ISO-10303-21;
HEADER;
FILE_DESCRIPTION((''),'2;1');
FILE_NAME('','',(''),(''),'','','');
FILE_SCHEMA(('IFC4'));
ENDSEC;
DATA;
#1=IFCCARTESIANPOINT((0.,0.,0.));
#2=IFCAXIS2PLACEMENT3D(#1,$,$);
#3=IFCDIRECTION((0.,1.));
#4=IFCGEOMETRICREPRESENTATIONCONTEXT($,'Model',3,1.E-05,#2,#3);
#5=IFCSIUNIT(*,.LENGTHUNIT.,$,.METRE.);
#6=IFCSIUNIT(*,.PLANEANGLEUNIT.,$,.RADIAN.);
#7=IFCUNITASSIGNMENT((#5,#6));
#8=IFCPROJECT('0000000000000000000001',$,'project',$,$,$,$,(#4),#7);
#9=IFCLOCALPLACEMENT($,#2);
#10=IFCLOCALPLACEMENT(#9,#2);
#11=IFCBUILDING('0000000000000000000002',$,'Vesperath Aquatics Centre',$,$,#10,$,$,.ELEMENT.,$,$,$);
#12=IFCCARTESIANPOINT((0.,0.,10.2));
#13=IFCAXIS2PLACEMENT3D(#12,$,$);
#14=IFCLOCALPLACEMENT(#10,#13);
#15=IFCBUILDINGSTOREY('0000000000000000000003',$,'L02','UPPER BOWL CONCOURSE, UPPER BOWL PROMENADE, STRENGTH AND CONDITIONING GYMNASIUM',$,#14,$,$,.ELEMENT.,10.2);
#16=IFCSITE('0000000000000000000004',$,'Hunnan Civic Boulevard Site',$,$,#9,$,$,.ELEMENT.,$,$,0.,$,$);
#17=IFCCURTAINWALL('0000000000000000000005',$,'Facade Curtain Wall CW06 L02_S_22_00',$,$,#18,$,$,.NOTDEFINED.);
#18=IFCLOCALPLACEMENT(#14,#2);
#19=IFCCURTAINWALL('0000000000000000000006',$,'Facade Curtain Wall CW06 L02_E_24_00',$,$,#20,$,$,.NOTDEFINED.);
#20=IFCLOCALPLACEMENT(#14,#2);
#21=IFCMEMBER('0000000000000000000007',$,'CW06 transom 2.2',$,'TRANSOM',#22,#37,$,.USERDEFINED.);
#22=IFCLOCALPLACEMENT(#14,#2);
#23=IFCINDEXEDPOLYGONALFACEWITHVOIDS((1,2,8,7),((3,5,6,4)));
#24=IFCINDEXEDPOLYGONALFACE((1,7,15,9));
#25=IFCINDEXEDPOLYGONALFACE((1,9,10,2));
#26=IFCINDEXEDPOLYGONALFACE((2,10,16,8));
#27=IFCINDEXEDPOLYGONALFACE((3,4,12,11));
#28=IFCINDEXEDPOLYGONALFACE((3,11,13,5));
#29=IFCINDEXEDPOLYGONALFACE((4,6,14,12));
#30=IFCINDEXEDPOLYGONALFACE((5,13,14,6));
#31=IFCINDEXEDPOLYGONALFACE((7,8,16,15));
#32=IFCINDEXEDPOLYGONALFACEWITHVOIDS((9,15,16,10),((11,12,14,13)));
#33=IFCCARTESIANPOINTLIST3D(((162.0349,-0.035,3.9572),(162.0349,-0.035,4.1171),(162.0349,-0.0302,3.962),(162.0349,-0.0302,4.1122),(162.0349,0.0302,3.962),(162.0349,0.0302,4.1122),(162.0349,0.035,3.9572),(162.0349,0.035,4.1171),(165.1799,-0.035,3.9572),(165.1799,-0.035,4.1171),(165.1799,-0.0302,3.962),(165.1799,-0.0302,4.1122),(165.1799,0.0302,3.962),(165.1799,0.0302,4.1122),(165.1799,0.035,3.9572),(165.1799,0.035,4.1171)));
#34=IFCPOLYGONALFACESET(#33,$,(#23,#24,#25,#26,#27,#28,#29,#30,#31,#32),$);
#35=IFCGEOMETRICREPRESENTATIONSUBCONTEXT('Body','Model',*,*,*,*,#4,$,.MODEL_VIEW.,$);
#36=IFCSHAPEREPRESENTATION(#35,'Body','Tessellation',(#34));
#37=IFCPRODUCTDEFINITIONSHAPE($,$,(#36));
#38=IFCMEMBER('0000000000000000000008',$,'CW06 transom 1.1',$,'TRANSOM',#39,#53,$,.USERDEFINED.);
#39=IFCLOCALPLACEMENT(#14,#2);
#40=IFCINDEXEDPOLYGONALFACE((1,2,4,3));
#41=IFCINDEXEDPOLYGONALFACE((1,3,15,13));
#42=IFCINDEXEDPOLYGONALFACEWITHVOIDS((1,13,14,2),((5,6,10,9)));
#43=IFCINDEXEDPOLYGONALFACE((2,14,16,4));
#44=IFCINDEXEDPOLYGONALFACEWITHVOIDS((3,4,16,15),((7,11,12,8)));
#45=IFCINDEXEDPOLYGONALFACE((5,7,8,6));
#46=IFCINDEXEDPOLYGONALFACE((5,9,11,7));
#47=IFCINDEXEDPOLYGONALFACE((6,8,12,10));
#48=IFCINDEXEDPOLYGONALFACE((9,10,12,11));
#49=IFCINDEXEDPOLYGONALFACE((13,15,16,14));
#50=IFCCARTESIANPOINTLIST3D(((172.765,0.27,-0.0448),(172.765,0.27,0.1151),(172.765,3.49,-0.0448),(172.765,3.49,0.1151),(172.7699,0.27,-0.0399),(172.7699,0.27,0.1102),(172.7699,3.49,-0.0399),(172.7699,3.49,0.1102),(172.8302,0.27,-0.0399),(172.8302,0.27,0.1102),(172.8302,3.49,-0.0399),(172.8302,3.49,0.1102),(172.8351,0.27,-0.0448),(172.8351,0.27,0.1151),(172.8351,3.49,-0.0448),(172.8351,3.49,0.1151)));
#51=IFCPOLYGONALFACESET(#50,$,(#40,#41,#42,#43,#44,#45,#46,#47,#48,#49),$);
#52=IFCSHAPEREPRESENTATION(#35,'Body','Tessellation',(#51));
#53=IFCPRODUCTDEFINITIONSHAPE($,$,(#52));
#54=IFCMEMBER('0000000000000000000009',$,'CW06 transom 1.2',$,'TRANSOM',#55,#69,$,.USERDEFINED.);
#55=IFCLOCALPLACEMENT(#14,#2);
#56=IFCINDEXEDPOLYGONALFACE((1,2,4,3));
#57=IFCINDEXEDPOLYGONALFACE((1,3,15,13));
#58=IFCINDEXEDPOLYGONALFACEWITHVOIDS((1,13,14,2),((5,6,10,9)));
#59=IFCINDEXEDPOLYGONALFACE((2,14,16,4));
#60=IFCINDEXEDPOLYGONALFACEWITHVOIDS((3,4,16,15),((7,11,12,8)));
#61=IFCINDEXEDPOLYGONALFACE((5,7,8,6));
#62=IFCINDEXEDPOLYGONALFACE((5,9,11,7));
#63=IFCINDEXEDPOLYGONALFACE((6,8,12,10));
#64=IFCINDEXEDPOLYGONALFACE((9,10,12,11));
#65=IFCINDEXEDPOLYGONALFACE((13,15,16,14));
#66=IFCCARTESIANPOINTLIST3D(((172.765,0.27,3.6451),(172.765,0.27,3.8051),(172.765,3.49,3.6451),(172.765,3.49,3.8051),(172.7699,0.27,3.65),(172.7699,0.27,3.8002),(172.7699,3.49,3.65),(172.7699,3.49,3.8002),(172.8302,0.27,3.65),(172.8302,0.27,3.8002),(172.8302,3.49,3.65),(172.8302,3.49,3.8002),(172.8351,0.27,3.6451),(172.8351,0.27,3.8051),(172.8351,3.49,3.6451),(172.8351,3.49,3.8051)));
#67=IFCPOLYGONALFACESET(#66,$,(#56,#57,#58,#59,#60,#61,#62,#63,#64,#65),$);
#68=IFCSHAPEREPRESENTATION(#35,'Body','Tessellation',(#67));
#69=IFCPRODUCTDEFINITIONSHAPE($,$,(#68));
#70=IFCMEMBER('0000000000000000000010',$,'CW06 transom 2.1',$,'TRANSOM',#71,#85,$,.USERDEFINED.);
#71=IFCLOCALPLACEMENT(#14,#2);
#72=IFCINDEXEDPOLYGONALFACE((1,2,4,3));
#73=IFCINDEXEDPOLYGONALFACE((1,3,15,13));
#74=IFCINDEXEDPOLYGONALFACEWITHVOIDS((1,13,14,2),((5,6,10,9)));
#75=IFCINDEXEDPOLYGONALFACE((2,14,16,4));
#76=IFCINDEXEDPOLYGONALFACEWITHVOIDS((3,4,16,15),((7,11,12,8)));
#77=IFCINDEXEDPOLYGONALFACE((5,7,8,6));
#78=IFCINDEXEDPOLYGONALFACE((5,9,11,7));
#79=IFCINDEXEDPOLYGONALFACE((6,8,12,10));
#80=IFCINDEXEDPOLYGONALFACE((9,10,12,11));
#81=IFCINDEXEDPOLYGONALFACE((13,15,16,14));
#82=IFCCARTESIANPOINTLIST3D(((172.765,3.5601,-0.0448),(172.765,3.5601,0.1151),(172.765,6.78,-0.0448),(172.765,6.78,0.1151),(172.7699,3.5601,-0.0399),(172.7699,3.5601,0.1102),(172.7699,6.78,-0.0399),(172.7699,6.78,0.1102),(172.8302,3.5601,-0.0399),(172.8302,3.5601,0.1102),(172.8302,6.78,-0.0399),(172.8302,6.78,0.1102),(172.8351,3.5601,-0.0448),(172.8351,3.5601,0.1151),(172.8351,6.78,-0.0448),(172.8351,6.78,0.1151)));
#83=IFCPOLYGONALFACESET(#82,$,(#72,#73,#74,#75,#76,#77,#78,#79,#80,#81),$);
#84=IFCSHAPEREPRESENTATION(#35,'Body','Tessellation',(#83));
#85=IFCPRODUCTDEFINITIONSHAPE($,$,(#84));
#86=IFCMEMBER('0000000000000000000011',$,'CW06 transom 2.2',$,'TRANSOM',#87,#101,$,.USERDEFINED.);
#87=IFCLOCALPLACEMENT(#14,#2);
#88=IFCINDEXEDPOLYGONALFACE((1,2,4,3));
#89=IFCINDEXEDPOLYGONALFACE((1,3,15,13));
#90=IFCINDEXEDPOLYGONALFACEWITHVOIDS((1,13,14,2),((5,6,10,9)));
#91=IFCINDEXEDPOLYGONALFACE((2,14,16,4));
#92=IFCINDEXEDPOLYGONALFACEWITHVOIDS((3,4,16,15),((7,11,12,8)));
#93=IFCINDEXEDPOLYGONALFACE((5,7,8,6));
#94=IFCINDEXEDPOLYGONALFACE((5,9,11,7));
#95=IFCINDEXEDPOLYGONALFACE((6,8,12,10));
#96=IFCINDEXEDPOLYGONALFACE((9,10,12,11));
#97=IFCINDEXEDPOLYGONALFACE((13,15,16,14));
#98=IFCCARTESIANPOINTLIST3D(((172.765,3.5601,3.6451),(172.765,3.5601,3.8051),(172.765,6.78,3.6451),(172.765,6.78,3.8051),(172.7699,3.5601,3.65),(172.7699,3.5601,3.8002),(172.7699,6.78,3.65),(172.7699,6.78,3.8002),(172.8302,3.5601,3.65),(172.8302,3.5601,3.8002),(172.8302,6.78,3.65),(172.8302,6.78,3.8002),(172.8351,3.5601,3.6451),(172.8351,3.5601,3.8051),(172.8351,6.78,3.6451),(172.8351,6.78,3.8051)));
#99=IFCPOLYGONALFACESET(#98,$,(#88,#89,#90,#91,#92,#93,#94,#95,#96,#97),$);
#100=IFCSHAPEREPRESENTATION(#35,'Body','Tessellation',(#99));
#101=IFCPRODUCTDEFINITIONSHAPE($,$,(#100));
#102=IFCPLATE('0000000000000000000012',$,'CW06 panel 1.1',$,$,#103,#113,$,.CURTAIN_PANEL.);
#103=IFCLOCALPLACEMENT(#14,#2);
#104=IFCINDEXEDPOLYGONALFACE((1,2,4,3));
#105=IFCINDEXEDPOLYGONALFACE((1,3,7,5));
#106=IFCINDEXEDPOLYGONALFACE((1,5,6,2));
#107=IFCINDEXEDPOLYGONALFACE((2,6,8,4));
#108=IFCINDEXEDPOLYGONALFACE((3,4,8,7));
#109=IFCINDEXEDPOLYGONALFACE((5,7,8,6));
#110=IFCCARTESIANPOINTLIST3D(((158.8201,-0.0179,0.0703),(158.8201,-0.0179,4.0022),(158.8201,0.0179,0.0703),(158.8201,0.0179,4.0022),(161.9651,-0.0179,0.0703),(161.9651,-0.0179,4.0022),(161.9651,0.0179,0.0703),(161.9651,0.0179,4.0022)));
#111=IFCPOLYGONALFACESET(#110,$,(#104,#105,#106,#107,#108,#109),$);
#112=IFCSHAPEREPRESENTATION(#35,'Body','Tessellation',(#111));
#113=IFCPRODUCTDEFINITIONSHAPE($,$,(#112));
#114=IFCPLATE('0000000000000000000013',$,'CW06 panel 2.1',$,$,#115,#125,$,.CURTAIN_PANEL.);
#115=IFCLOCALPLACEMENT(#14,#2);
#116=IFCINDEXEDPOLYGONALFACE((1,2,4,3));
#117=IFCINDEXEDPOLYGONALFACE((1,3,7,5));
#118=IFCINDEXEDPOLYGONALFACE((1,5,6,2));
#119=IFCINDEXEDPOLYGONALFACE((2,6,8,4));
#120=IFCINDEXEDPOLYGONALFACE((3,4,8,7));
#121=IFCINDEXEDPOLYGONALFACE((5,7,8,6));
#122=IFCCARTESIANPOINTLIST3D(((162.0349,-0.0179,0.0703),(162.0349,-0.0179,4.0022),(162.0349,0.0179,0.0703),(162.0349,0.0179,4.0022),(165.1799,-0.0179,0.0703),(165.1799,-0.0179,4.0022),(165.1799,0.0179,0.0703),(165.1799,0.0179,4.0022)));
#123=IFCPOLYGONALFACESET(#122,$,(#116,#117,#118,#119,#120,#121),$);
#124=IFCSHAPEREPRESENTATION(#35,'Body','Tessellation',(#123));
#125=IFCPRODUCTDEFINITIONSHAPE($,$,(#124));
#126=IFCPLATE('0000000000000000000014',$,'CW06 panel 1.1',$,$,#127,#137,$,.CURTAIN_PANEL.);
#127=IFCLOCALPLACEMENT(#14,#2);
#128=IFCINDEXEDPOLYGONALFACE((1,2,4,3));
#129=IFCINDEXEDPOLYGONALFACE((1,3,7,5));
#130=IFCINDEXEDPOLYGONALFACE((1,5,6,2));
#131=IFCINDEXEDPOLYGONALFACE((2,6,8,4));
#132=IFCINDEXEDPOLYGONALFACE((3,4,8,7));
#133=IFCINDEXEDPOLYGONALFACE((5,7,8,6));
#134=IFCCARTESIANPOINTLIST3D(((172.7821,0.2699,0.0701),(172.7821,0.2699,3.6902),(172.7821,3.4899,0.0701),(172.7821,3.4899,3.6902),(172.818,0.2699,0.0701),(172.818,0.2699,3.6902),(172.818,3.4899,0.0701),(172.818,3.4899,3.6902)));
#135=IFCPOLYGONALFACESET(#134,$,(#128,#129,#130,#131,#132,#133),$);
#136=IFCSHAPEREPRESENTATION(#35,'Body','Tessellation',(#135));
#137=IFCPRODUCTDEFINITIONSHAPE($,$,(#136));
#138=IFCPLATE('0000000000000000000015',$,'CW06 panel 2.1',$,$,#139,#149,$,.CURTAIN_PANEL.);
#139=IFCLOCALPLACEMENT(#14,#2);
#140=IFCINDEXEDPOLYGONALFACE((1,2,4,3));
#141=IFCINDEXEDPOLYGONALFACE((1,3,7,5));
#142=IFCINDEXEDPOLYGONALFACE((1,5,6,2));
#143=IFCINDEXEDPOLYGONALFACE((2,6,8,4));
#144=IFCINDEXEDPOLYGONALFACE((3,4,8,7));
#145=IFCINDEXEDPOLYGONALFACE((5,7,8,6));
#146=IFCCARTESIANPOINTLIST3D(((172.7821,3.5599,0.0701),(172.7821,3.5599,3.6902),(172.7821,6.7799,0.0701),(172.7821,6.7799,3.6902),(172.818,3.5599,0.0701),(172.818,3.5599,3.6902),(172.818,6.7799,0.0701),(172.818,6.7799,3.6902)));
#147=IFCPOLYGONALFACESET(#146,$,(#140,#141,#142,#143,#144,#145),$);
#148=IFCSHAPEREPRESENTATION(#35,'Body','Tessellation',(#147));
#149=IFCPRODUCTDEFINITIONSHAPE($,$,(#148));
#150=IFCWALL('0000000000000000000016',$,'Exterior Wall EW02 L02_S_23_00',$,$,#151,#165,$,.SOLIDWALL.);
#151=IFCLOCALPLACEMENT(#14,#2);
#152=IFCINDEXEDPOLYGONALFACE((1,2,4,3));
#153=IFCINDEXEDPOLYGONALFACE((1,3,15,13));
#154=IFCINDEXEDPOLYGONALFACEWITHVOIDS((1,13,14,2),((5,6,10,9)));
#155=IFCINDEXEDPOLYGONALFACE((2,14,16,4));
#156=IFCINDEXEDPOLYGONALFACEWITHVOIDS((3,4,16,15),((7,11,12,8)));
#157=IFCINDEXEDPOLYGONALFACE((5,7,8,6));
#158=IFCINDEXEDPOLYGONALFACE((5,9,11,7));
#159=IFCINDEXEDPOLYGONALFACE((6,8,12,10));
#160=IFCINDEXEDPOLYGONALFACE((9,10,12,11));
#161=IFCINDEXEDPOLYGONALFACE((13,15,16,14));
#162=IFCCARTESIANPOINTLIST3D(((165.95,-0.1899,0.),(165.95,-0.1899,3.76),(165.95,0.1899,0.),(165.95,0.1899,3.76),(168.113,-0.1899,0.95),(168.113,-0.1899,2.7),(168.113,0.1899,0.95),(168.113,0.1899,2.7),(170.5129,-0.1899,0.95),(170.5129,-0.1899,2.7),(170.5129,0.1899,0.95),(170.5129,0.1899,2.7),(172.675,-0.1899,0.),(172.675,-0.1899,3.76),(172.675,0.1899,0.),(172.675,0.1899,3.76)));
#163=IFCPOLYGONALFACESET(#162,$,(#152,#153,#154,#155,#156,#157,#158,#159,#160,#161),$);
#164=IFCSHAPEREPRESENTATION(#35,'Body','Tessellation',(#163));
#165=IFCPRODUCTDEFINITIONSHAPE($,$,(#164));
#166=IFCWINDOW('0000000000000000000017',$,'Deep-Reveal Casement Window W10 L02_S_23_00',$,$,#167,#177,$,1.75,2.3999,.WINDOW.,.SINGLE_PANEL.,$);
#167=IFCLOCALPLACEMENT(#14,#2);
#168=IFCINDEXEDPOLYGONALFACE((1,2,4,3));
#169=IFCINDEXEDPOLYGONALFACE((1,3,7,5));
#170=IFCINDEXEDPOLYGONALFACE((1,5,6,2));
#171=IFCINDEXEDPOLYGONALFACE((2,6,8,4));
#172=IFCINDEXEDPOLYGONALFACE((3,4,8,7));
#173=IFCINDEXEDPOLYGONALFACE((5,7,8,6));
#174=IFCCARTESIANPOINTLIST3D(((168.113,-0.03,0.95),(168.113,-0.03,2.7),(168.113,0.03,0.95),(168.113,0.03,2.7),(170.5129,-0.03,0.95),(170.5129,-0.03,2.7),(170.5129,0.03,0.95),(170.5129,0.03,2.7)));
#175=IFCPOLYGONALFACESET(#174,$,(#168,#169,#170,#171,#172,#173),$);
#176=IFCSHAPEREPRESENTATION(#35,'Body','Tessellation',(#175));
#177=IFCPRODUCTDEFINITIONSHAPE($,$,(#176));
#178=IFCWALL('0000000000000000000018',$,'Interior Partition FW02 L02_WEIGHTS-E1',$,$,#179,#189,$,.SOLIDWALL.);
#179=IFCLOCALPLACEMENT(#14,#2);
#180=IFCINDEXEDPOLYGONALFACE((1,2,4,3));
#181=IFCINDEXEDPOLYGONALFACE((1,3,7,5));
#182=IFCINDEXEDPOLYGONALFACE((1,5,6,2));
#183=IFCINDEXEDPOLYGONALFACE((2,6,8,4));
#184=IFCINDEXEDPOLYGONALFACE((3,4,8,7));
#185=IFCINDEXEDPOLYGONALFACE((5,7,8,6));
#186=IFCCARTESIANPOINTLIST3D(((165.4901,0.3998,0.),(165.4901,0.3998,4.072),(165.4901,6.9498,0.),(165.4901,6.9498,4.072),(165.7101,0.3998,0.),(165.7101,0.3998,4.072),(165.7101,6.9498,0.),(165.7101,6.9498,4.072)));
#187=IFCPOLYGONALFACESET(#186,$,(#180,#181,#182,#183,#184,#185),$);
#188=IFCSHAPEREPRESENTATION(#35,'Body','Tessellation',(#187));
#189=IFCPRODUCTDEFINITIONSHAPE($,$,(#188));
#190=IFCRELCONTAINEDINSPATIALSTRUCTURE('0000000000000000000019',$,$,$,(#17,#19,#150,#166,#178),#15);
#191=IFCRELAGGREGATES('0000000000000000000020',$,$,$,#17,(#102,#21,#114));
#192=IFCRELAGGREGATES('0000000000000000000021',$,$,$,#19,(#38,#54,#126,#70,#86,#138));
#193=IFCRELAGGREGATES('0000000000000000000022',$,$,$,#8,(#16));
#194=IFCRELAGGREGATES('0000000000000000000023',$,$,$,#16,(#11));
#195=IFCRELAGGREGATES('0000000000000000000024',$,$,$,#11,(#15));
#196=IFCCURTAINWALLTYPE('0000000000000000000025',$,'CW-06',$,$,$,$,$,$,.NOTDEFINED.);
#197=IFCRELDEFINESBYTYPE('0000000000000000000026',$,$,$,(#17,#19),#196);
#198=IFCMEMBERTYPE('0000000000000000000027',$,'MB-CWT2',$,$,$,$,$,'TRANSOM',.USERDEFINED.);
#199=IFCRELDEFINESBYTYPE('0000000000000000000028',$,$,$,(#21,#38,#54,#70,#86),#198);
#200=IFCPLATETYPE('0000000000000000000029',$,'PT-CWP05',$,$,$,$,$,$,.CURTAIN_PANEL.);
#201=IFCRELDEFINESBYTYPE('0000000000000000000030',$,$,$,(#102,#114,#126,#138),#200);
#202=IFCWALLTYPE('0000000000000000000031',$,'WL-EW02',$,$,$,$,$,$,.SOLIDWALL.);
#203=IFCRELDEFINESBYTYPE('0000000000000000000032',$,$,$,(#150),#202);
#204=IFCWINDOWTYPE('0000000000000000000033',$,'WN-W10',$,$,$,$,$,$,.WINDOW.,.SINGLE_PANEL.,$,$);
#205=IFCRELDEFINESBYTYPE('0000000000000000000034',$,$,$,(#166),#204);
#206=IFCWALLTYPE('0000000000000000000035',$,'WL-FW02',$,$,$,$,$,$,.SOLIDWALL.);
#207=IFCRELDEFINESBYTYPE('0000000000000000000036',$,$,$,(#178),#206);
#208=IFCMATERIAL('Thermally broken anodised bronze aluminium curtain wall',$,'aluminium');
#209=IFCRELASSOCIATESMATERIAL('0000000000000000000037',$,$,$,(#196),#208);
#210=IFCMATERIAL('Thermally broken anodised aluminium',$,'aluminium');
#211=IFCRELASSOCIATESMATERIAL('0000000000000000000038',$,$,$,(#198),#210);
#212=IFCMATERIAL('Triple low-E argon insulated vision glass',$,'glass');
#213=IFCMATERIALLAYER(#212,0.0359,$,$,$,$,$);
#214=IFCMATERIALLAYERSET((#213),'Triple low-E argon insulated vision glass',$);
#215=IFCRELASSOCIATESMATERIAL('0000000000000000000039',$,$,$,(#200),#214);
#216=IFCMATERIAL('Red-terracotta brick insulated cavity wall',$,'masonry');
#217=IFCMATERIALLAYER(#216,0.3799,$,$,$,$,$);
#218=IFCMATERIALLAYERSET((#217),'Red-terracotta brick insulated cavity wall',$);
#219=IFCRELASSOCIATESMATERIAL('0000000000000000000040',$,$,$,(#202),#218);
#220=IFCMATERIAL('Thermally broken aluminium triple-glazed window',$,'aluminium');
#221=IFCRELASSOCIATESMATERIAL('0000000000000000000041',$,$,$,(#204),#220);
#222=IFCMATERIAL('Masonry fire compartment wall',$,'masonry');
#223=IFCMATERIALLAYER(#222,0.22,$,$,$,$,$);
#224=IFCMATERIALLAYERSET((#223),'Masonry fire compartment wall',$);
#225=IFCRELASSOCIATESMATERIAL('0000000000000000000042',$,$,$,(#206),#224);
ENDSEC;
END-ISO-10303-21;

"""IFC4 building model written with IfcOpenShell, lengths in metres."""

from ifc_helpers import new_model, si_unit, direction, frame, frame_2d, origin, origin_2d, place, context, subcontext, project, spatial, rectangle, hollow_rectangle, extrude, material, layer, layer_set, material_profile, profile_set, type_object, element, fill, aggregate, save


model = new_model("IFC4")

# Units and contexts
model_context = context("Model", 3, precision=1e-05, world=origin(), true_north=direction((0.0, 1.0)))
body_context = subcontext(model_context, "Body", "Model", "MODEL_VIEW")
ifc_project = project(units=[si_unit("LENGTHUNIT", "METRE"), si_unit("PLANEANGLEUNIT", "RADIAN")], contexts=[model_context])

# Site, building, storey
site_placement = place(None, origin())
site = spatial("IfcSite", under=ifc_project, at=site_placement, Name="Hunnan Civic Boulevard Site", CompositionType="ELEMENT", RefElevation=0.0)
building_placement = place(site_placement, origin())
building = spatial("IfcBuilding", under=site, at=building_placement, Name="Vesperath Aquatics Centre", CompositionType="ELEMENT")
storey_placement = place(building_placement, frame((0.0, 0.0, 10.2)))
storey = spatial("IfcBuildingStorey", under=building, at=storey_placement, Name="L02", Description="UPPER BOWL CONCOURSE, UPPER BOWL PROMENADE, STRENGTH AND CONDITIONING GYMNASIUM", CompositionType="ELEMENT", Elevation=10.2)

# Curtain walls
ifc_material_1 = material(Name="Thermally broken anodised bronze aluminium curtain wall", Category="aluminium")
curtain_wall_type = type_object("IfcCurtainWallType", Name="CW-06", PredefinedType="NOTDEFINED", material=ifc_material_1)
curtain_wall_1_placement = place(storey_placement, origin())
curtain_wall_1 = element("IfcCurtainWall", 1, at=curtain_wall_1_placement, inside=storey, type_object=curtain_wall_type, Name="Facade Curtain Wall CW06 L02_S_22_00", PredefinedType="NOTDEFINED")
ifc_material_2 = material(Name="Thermally broken anodised aluminium", Category="aluminium")
curtain_wall_2_placement = place(storey_placement, origin())
curtain_wall_2 = element("IfcCurtainWall", 2, at=curtain_wall_2_placement, inside=storey, type_object=curtain_wall_type, Name="Facade Curtain Wall CW06 L02_E_24_00", PredefinedType="NOTDEFINED")

# Members
ifc_material_profile_1 = material_profile(ifc_material_2, hollow_rectangle(XDim=0.0701, YDim=0.1599, WallThickness=0.0049, at=origin_2d()), Name="CWT 70x160x5")
ifc_profile_set_1 = profile_set([ifc_material_profile_1], Name="Thermally broken anodised aluminium")
member_type_1 = type_object("IfcMemberType", Name="MB-CWT2", ElementType="TRANSOM", PredefinedType="USERDEFINED", material=ifc_profile_set_1)
member_1_placement = place(storey_placement, frame((162.0349, 0.0, 4.0371), z_axis=(1.0, 0.0, 0.0), x_axis=(0.0, 1.0, 0.0)))
member_1 = element("IfcMember", 3, at=member_1_placement, type_object=member_type_1, Name="CW06 transom 2.2", ObjectType="TRANSOM", PredefinedType="USERDEFINED", context=body_context, shape_type="SweptSolid", body=[
    extrude(hollow_rectangle(XDim=0.0701, YDim=0.1599, WallThickness=0.0049, at=origin_2d()), origin(), (0.0, 0.0, 1.0), 3.145),
])
member_2_placement = place(storey_placement, frame((172.8, 0.27, 0.0352), z_axis=(0.0, 1.0, 0.0), x_axis=(-1.0, 0.0, 0.0)))
member_2 = element("IfcMember", 4, at=member_2_placement, type_object=member_type_1, Name="CW06 transom 1.1", ObjectType="TRANSOM", PredefinedType="USERDEFINED", context=body_context, shape_type="SweptSolid", body=[
    extrude(hollow_rectangle(XDim=0.0701, YDim=0.1599, WallThickness=0.0049, at=origin_2d()), origin(), (0.0, 0.0, 1.0), 3.22),
])
member_3_placement = place(storey_placement, frame((172.8, 0.27, 3.7251), z_axis=(0.0, 1.0, 0.0), x_axis=(-1.0, 0.0, 0.0)))
member_3 = element("IfcMember", 5, at=member_3_placement, type_object=member_type_1, Name="CW06 transom 1.2", ObjectType="TRANSOM", PredefinedType="USERDEFINED", context=body_context, shape_type="SweptSolid", body=[
    extrude(hollow_rectangle(XDim=0.0701, YDim=0.1599, WallThickness=0.0049, at=origin_2d()), origin(), (0.0, 0.0, 1.0), 3.22),
])
member_4_placement = place(storey_placement, frame((172.8, 3.5601, 0.0352), z_axis=(0.0, 1.0, 0.0), x_axis=(-1.0, 0.0, 0.0)))
member_4 = element("IfcMember", 6, at=member_4_placement, type_object=member_type_1, Name="CW06 transom 2.1", ObjectType="TRANSOM", PredefinedType="USERDEFINED", context=body_context, shape_type="SweptSolid", body=[
    extrude(hollow_rectangle(XDim=0.0701, YDim=0.1599, WallThickness=0.0049, at=origin_2d()), origin(), (0.0, 0.0, 1.0), 3.22),
])
member_5_placement = place(storey_placement, frame((172.8, 3.5601, 3.7251), z_axis=(0.0, 1.0, 0.0), x_axis=(-1.0, 0.0, 0.0)))
member_5 = element("IfcMember", 7, at=member_5_placement, type_object=member_type_1, Name="CW06 transom 2.2", ObjectType="TRANSOM", PredefinedType="USERDEFINED", context=body_context, shape_type="SweptSolid", body=[
    extrude(hollow_rectangle(XDim=0.0701, YDim=0.1599, WallThickness=0.0049, at=origin_2d()), origin(), (0.0, 0.0, 1.0), 3.22),
])

# Plates
ifc_material_3 = material(Name="Triple low-E argon insulated vision glass", Category="glass")
ifc_layer_1 = layer(ifc_material_3, 0.0359)
ifc_layer_set_1 = layer_set([ifc_layer_1], Name="Triple low-E argon insulated vision glass")
plate_type = type_object("IfcPlateType", Name="PT-CWP05", PredefinedType="CURTAIN_PANEL", material=ifc_layer_set_1)
plate_1_placement = place(storey_placement, frame((160.3926, 0.0, 0.0703), z_axis=(0.0, 0.0, 1.0), x_axis=(1.0, 0.0, 0.0)))
plate_1 = element("IfcPlate", 8, at=plate_1_placement, type_object=plate_type, Name="CW06 panel 1.1", PredefinedType="CURTAIN_PANEL", context=body_context, shape_type="SweptSolid", body=[
    extrude(rectangle(XDim=3.145, YDim=0.0359, at=origin_2d()), origin(), (0.0, 0.0, 1.0), 3.9319),
])
plate_2_placement = place(storey_placement, frame((163.6074, 0.0, 0.0703), z_axis=(0.0, 0.0, 1.0), x_axis=(1.0, 0.0, 0.0)))
plate_2 = element("IfcPlate", 9, at=plate_2_placement, type_object=plate_type, Name="CW06 panel 2.1", PredefinedType="CURTAIN_PANEL", context=body_context, shape_type="SweptSolid", body=[
    extrude(rectangle(XDim=3.145, YDim=0.0359, at=origin_2d()), origin(), (0.0, 0.0, 1.0), 3.9319),
])
aggregate(curtain_wall_1, [plate_1, member_1, plate_2])
plate_3_placement = place(storey_placement, frame((172.8, 1.8799, 0.0701), z_axis=(0.0, 0.0, 1.0), x_axis=(0.0, 1.0, 0.0)))
plate_3 = element("IfcPlate", 10, at=plate_3_placement, type_object=plate_type, Name="CW06 panel 1.1", PredefinedType="CURTAIN_PANEL", context=body_context, shape_type="SweptSolid", body=[
    extrude(rectangle(XDim=3.22, YDim=0.0359, at=origin_2d()), origin(), (0.0, 0.0, 1.0), 3.6201),
])
plate_4_placement = place(storey_placement, frame((172.8, 5.1699, 0.0701), z_axis=(0.0, 0.0, 1.0), x_axis=(0.0, 1.0, 0.0)))
plate_4 = element("IfcPlate", 11, at=plate_4_placement, type_object=plate_type, Name="CW06 panel 2.1", PredefinedType="CURTAIN_PANEL", context=body_context, shape_type="SweptSolid", body=[
    extrude(rectangle(XDim=3.22, YDim=0.0359, at=origin_2d()), origin(), (0.0, 0.0, 1.0), 3.6201),
])
aggregate(curtain_wall_2, [member_2, member_3, plate_3, member_4, member_5, plate_4])

# Wall, opening, window
ifc_material_4 = material(Name="Red-terracotta brick insulated cavity wall", Category="masonry")
ifc_layer_2 = layer(ifc_material_4, 0.3799)
ifc_layer_set_2 = layer_set([ifc_layer_2], Name="Red-terracotta brick insulated cavity wall")
wall_type_1 = type_object("IfcWallType", Name="WL-EW02", PredefinedType="SOLIDWALL", material=ifc_layer_set_2)
wall_1_placement = place(storey_placement, frame((165.95, 0.0, 0.0), z_axis=(0.0, 0.0, 1.0), x_axis=(1.0, 0.0, 0.0)))
wall_1 = element("IfcWall", 12, at=wall_1_placement, inside=storey, type_object=wall_type_1, Name="Exterior Wall EW02 L02_S_23_00", PredefinedType="SOLIDWALL", context=body_context, shape_type="SweptSolid", body=[
    extrude(rectangle(XDim=6.7251, YDim=0.3799, at=frame_2d((3.3625, 0.0))), origin(), (0.0, 0.0, 1.0), 3.76),
])
opening_placement = place(wall_1_placement, frame((2.1631, 0.0, 0.95)))
opening = element("IfcOpeningElement", 13, at=opening_placement, cuts=wall_1, PredefinedType="OPENING", context=body_context, shape_type="SweptSolid", body=[
    extrude(rectangle(XDim=2.3999, YDim=1.75, at=frame_2d((1.2, 0.875))), frame((0.0, 0.2048, 0.0), z_axis=(0.0, -1.0, 0.0), x_axis=(1.0, 0.0, 0.0)), (0.0, 0.0, 1.0), 0.4097),
])
ifc_material_5 = material(Name="Thermally broken aluminium triple-glazed window", Category="aluminium")
window_type = type_object("IfcWindowType", Name="WN-W10", PartitioningType="SINGLE_PANEL", PredefinedType="WINDOW", material=ifc_material_5)
window_placement = place(opening_placement, origin())
window = element("IfcWindow", 14, at=window_placement, inside=storey, type_object=window_type, Name="Deep-Reveal Casement Window W10 L02_S_23_00", OverallHeight=1.75, OverallWidth=2.3999, PartitioningType="SINGLE_PANEL", PredefinedType="WINDOW", context=body_context, shape_type="SweptSolid", body=[
    extrude(rectangle(XDim=2.3999, YDim=1.75, at=frame_2d((1.2, 0.875))), frame((0.0, 0.03, 0.0), z_axis=(0.0, -1.0, 0.0), x_axis=(1.0, 0.0, 0.0)), (0.0, 0.0, 1.0), 0.0601),
])
fill(opening, window)

# Wall
ifc_material_6 = material(Name="Masonry fire compartment wall", Category="masonry")
ifc_layer_3 = layer(ifc_material_6, 0.22)
ifc_layer_set_3 = layer_set([ifc_layer_3], Name="Masonry fire compartment wall")
wall_type_2 = type_object("IfcWallType", Name="WL-FW02", PredefinedType="SOLIDWALL", material=ifc_layer_set_3)
wall_2_placement = place(storey_placement, frame((165.6001, 0.3999, 0.0), z_axis=(0.0, 0.0, 1.0), x_axis=(0.0, 1.0, 0.0)))
element("IfcWall", 15, at=wall_2_placement, inside=storey, type_object=wall_type_2, Name="Interior Partition FW02 L02_WEIGHTS-E1", PredefinedType="SOLIDWALL", context=body_context, shape_type="SweptSolid", body=[
    extrude(rectangle(XDim=6.55, YDim=0.22, at=frame_2d((3.2749, 0.0))), origin(), (0.0, 0.0, 1.0), 4.072),
])

save(model, "model.ifc")
